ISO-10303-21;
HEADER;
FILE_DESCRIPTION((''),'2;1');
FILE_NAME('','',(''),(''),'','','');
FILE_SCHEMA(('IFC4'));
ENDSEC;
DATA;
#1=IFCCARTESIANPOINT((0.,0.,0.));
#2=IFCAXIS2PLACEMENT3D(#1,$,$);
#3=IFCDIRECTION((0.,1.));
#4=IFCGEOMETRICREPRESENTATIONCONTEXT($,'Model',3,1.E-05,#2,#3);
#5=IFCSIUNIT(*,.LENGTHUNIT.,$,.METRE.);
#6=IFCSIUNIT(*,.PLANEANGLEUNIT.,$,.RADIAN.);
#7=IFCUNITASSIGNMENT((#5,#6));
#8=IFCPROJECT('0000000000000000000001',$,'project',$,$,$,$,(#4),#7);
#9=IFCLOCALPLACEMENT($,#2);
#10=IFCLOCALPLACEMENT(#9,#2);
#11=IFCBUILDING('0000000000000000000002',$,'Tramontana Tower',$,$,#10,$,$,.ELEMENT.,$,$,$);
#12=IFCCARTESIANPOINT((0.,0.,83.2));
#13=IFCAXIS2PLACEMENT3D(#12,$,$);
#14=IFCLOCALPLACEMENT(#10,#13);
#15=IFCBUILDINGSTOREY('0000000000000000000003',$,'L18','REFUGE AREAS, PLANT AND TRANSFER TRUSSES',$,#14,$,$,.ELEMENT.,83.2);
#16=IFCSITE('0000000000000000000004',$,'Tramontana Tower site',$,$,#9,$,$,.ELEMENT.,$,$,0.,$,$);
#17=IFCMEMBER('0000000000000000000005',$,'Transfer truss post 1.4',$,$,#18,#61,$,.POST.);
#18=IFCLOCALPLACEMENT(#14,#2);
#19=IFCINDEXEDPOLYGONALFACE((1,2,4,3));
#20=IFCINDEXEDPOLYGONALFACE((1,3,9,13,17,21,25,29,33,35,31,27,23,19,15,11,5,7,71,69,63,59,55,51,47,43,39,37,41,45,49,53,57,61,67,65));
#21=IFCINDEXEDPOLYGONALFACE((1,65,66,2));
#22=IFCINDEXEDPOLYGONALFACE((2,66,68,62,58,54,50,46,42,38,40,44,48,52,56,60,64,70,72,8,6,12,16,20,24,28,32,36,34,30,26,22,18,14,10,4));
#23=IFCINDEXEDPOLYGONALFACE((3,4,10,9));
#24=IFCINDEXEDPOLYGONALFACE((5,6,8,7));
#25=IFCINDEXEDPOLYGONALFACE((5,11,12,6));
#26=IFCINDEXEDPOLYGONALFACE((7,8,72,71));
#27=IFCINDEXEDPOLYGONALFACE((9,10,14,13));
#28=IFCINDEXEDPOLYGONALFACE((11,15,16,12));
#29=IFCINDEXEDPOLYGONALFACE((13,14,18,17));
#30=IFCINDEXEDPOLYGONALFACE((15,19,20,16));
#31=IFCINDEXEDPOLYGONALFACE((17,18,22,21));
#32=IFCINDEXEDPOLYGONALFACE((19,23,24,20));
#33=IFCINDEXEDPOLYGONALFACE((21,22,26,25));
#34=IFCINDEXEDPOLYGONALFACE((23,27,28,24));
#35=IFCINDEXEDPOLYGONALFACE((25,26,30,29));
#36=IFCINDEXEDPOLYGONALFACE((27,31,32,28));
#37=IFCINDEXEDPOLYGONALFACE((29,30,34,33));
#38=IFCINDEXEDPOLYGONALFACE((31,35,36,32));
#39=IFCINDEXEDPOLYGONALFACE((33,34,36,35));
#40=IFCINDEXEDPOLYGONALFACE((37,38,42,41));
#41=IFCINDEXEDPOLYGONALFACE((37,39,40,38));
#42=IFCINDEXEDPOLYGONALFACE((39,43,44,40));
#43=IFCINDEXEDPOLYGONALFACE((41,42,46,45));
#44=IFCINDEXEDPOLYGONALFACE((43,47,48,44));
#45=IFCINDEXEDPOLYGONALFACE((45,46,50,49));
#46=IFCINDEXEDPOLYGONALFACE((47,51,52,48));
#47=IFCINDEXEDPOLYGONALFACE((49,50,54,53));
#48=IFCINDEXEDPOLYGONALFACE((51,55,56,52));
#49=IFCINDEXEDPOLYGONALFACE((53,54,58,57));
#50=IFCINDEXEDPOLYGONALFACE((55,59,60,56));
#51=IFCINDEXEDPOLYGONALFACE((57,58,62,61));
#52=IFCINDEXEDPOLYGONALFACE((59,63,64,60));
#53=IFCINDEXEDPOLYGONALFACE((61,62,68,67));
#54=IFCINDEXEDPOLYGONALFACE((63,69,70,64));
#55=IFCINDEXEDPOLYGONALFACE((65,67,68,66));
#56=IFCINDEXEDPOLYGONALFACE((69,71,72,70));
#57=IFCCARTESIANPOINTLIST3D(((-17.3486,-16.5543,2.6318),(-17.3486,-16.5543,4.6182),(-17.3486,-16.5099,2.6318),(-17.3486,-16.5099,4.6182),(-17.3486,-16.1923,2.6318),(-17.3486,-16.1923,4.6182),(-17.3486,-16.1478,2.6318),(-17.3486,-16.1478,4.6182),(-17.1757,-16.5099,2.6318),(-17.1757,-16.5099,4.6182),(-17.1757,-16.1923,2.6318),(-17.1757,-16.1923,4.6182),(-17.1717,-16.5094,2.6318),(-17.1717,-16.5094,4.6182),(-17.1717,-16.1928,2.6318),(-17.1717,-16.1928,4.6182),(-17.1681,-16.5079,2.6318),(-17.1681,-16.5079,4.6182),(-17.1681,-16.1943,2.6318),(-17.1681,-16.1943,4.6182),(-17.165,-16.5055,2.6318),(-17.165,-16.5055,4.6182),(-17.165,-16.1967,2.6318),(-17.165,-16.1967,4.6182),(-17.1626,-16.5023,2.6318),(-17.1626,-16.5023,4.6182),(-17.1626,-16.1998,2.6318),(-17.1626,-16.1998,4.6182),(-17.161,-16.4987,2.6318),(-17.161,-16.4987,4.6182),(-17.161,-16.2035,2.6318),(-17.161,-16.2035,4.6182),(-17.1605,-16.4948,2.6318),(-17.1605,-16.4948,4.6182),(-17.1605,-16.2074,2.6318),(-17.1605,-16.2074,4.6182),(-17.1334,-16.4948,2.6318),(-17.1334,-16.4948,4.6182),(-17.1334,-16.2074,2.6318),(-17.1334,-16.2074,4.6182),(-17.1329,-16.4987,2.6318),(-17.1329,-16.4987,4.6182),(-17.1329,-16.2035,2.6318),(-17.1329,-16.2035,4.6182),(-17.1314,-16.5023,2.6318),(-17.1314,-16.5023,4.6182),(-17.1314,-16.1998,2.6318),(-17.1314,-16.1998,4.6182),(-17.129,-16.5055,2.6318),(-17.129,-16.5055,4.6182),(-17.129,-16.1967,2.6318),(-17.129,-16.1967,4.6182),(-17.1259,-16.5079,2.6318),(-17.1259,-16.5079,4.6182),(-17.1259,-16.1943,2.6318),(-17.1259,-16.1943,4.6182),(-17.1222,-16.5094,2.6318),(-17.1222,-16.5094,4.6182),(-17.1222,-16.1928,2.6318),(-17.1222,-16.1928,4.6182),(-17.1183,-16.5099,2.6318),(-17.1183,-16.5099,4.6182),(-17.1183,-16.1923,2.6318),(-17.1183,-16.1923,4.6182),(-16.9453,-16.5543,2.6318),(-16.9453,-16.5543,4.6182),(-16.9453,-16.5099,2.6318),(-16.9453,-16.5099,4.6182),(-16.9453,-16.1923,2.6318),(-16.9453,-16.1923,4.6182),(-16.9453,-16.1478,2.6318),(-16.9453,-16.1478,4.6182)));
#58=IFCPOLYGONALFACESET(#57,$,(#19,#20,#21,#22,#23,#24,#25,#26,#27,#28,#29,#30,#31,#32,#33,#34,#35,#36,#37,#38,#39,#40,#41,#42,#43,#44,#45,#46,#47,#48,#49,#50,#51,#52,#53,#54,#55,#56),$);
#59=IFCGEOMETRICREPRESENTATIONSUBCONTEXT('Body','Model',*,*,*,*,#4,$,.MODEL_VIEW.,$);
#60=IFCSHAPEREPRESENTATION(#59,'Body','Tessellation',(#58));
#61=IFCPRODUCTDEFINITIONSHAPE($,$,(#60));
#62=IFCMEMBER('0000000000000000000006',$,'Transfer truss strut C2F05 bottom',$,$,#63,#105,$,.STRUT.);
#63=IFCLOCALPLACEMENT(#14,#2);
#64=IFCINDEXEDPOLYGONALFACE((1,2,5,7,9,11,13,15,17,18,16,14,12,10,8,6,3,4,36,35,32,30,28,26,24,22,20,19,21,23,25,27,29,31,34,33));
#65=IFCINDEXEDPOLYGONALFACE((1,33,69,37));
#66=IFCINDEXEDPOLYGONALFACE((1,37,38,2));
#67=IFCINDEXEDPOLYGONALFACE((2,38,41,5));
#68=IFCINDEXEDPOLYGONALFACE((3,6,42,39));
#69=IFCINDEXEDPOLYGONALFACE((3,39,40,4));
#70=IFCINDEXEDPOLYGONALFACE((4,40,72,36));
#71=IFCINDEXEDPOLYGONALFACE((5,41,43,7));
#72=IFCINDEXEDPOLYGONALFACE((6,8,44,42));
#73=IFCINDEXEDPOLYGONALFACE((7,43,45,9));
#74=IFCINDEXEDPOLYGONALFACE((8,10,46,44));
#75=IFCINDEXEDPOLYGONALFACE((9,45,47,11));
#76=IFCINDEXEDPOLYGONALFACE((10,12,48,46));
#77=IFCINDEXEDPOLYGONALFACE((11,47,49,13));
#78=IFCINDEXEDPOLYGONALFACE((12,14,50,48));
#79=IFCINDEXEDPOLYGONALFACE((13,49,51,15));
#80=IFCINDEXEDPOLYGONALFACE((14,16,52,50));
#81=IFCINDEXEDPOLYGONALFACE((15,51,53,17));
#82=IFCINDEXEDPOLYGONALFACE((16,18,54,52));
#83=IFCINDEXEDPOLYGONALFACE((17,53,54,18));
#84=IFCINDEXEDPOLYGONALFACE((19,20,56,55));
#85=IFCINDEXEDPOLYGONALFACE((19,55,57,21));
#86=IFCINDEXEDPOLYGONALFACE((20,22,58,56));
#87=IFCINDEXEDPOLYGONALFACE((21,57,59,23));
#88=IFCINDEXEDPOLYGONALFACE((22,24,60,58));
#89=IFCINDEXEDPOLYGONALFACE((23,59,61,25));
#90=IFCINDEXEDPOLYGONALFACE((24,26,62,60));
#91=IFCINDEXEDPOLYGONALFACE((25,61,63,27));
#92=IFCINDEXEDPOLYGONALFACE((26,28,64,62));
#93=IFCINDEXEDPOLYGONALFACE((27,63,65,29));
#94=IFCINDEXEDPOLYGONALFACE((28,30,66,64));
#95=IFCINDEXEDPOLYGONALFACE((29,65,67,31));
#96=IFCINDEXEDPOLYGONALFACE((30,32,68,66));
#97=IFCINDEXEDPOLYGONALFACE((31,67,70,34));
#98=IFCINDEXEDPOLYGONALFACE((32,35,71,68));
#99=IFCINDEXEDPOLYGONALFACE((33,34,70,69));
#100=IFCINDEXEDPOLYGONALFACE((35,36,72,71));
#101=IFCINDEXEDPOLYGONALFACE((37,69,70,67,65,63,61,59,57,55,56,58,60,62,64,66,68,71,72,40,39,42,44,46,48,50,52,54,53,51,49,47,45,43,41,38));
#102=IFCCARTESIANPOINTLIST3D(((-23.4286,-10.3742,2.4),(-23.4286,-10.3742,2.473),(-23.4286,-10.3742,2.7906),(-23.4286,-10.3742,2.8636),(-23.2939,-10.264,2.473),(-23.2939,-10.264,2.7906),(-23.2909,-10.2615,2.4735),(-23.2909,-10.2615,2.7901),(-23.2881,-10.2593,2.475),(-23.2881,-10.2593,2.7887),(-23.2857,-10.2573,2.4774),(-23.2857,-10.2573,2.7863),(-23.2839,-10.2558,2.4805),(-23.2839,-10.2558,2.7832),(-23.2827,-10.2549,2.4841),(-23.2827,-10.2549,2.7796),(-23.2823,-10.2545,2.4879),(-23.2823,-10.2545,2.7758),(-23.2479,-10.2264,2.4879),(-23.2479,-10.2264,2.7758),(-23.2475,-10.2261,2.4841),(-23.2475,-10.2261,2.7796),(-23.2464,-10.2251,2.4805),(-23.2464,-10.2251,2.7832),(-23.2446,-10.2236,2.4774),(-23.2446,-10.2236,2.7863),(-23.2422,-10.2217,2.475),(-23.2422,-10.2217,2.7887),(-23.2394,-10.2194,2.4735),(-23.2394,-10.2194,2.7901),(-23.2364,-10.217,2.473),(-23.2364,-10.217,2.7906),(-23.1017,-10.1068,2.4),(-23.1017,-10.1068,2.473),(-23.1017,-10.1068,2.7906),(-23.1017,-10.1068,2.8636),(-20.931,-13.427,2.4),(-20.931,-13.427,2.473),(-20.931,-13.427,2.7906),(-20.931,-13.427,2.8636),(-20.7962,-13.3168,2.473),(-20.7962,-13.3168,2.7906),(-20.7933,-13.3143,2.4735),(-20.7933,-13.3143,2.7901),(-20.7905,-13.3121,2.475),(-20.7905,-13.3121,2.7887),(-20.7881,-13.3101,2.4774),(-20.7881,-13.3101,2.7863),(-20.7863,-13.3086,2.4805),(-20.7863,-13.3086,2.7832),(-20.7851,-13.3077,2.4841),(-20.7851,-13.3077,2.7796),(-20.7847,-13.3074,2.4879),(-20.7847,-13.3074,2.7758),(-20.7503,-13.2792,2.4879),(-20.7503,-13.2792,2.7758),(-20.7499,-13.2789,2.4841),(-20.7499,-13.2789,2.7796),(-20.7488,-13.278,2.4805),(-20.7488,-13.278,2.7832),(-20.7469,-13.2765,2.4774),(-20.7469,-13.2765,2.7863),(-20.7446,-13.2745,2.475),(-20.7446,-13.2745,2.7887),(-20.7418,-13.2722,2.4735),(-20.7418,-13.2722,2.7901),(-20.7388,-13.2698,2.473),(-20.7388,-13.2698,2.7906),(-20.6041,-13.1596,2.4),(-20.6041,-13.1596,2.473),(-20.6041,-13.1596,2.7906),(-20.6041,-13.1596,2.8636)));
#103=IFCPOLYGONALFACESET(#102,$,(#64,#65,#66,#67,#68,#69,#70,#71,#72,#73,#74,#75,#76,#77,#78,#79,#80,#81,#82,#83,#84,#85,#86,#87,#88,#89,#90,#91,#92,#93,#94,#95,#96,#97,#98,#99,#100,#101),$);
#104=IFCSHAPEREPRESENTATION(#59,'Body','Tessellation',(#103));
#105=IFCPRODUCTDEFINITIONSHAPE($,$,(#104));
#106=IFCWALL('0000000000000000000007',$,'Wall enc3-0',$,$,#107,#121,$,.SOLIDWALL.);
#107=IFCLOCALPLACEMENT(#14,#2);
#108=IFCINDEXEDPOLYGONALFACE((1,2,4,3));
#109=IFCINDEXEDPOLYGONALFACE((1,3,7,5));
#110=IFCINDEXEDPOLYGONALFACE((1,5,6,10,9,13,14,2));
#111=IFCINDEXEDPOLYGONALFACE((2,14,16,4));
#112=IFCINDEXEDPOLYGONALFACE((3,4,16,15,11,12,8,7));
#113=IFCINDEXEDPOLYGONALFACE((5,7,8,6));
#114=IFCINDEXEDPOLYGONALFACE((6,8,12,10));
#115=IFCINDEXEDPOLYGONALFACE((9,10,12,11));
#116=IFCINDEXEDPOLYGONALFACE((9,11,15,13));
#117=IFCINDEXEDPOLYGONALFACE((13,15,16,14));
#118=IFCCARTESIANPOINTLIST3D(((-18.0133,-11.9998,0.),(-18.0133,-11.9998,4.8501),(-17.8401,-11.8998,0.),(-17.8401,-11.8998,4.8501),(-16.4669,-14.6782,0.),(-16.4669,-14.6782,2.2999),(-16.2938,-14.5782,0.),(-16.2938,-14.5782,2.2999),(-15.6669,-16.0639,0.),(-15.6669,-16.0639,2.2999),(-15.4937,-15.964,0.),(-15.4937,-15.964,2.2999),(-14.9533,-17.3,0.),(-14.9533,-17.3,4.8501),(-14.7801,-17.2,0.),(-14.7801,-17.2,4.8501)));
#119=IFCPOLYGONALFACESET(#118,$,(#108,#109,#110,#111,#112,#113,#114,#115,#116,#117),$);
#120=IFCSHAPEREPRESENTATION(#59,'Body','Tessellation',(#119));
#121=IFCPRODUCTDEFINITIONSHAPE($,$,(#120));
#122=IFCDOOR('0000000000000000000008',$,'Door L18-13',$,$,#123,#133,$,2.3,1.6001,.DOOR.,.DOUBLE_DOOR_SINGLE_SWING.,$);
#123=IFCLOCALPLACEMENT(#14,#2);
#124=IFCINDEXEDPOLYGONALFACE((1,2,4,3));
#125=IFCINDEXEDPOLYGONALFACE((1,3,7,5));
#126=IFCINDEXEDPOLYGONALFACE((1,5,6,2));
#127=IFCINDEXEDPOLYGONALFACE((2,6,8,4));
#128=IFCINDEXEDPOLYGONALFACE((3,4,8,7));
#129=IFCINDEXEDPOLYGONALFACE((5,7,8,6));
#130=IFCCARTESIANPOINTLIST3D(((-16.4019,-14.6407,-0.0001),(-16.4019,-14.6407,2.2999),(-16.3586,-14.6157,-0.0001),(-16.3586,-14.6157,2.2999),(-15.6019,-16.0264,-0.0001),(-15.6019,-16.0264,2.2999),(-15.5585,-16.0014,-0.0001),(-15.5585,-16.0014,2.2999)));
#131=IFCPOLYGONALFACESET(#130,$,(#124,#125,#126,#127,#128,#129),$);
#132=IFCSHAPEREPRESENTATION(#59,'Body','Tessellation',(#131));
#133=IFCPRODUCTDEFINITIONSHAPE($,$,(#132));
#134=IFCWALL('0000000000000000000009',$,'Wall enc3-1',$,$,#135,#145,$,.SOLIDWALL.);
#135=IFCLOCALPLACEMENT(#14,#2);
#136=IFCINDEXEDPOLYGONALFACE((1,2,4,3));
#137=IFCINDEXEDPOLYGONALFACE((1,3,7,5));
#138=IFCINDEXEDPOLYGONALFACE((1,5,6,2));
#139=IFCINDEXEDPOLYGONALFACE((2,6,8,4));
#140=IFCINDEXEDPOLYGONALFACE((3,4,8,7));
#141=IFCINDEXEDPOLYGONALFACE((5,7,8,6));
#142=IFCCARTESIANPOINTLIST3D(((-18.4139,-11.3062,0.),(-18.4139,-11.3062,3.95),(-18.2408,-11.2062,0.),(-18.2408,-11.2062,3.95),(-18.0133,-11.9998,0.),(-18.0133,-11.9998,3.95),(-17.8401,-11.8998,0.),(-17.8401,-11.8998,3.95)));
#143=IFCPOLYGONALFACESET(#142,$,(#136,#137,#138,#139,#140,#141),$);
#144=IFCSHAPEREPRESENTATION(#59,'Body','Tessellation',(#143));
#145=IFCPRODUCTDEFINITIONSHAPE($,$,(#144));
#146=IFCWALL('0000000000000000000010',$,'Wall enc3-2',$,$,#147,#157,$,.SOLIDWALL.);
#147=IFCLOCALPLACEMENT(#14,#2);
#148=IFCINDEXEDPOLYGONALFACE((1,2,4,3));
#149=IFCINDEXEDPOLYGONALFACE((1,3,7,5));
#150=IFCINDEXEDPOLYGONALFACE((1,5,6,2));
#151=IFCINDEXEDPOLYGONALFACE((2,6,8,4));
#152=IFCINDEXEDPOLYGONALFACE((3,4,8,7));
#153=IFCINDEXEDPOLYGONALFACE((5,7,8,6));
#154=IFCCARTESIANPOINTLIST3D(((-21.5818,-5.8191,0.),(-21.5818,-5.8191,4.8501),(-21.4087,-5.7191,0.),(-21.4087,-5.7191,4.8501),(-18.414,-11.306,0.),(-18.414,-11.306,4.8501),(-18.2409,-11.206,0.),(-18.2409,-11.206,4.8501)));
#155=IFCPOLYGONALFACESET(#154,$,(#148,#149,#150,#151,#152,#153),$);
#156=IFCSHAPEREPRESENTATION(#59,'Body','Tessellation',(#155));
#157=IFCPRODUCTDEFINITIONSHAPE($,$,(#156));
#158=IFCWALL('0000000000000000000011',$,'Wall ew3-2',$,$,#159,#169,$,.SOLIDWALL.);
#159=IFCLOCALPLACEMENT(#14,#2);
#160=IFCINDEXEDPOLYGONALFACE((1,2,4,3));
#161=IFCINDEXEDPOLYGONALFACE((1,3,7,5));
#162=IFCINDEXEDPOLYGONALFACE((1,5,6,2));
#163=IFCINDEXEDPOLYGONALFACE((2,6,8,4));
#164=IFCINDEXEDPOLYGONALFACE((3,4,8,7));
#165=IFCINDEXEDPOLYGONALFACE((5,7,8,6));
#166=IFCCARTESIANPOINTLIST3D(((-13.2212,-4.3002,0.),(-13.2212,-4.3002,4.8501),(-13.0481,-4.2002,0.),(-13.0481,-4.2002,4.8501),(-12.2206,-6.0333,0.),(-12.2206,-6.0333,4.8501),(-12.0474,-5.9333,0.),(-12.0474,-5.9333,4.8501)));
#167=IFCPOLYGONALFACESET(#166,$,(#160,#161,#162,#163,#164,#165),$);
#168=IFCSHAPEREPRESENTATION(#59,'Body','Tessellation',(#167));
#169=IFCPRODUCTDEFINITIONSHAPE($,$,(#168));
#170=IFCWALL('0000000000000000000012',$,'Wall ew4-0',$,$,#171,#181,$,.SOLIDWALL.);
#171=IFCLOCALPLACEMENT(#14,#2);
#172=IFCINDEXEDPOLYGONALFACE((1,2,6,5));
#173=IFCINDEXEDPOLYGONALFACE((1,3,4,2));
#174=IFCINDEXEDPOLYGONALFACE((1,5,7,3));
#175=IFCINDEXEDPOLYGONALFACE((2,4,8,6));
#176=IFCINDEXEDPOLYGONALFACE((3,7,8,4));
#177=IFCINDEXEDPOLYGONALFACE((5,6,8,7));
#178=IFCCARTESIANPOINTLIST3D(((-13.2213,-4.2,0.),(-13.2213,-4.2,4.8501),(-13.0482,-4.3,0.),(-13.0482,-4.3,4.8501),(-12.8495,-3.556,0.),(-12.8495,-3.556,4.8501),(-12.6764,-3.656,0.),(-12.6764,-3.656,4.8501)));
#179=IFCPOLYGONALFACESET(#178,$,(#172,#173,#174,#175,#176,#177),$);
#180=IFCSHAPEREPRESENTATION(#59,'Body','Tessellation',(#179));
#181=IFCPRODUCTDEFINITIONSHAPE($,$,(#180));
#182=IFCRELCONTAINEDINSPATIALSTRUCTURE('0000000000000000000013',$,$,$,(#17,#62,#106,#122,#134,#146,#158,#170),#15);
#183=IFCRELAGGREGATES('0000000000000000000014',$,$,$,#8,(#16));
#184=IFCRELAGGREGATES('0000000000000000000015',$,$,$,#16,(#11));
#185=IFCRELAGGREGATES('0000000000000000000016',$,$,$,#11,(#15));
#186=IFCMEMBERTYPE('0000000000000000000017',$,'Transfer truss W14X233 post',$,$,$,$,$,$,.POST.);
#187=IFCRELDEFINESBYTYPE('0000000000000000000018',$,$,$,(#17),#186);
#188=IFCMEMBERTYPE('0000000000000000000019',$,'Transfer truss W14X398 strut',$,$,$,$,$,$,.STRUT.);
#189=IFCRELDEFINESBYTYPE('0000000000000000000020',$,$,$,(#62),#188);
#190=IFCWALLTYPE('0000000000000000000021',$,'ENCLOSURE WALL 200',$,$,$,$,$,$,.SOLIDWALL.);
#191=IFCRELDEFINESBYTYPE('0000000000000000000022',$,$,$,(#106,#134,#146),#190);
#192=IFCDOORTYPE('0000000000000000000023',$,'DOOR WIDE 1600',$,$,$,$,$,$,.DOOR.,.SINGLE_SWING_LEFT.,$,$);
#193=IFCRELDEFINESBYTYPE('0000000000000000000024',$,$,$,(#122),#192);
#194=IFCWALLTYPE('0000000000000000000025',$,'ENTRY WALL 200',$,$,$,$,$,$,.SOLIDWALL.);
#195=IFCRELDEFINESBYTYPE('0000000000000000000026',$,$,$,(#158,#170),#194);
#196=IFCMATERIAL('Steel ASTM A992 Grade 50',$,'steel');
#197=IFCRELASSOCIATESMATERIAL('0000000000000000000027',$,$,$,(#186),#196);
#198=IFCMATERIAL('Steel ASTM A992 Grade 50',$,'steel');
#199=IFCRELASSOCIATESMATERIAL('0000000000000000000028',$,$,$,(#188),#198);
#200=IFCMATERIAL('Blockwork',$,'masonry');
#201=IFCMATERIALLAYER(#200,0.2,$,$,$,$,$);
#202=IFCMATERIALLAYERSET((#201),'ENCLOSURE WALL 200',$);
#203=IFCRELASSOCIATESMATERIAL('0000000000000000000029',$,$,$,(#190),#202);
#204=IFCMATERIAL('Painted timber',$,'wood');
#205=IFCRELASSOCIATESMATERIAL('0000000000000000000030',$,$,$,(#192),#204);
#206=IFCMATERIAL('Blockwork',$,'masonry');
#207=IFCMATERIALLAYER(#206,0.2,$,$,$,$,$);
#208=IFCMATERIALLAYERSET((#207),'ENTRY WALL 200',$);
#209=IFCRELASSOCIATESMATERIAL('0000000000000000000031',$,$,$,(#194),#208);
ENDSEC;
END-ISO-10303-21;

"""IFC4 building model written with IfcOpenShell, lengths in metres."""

from ifc_helpers import new_model, si_unit, direction, frame, frame_2d, origin, origin_2d, place, context, subcontext, project, spatial, rectangle, i_section, extrude, material, layer, layer_set, material_profile, profile_set, type_object, element, fill, save


model = new_model("IFC4")

# Units and contexts
model_context = context("Model", 3, precision=1e-05, world=origin(), true_north=direction((0.0, 1.0)))
body_context = subcontext(model_context, "Body", "Model", "MODEL_VIEW")
ifc_project = project(units=[si_unit("LENGTHUNIT", "METRE"), si_unit("PLANEANGLEUNIT", "RADIAN")], contexts=[model_context])

# Site, building, storey
site_placement = place(None, origin())
site = spatial("IfcSite", under=ifc_project, at=site_placement, Name="Tramontana Tower site", CompositionType="ELEMENT", RefElevation=0.0)
building_placement = place(site_placement, origin())
building = spatial("IfcBuilding", under=site, at=building_placement, Name="Tramontana Tower", CompositionType="ELEMENT")
storey_placement = place(building_placement, frame((0.0, 0.0, 83.2)))
storey = spatial("IfcBuildingStorey", under=building, at=storey_placement, Name="L18", Description="REFUGE AREAS, PLANT AND TRANSFER TRUSSES", CompositionType="ELEMENT", Elevation=83.2)

# Members
ifc_material_1 = material(Name="Steel ASTM A992 Grade 50", Category="steel")
ifc_material_profile_1 = material_profile(ifc_material_1, i_section(OverallWidth=0.4033, OverallDepth=0.4065, WebThickness=0.0271, FlangeThickness=0.0444, FilletRadius=0.0151, at=origin_2d()), Name="W14X233")
ifc_profile_set_1 = profile_set([ifc_material_profile_1], Name="Steel ASTM A992 Grade 50")
member_type_1 = type_object("IfcMemberType", Name="Transfer truss W14X233 post", PredefinedType="POST", material=ifc_profile_set_1)
for number, where, z_axis, x_axis, name in (
    (1, (-17.147, -16.3511, 2.6318), (0.0, 0.0, 1.0), (1.0, 0.0, 0.0), "Transfer truss post 1.4"),
):
    element("IfcMember", number, at=place(storey_placement, frame(where, z_axis=z_axis, x_axis=x_axis)), inside=storey, type_object=member_type_1, Name=name, PredefinedType="POST", context=body_context, shape_type="SweptSolid", body=[
        extrude(i_section(OverallWidth=0.4033, OverallDepth=0.4065, WebThickness=0.0271, FlangeThickness=0.0444, FilletRadius=0.0151, at=origin_2d()), origin(), (0.0, 0.0, 1.0), 1.9863),
    ])
ifc_material_2 = material(Name="Steel ASTM A992 Grade 50", Category="steel")
ifc_material_profile_2 = material_profile(ifc_material_2, i_section(OverallWidth=0.4224, OverallDepth=0.4636, WebThickness=0.0444, FlangeThickness=0.073, FilletRadius=0.0149, at=origin_2d()), Name="W14X398")
ifc_profile_set_2 = profile_set([ifc_material_profile_2], Name="Steel ASTM A992 Grade 50")
member_type_2 = type_object("IfcMemberType", Name="Transfer truss W14X398 strut", PredefinedType="STRUT", material=ifc_profile_set_2)
member_1_placement = place(storey_placement, frame((-23.2651, -10.2405, 2.6318), z_axis=(0.633218, -0.773974, 0.0), x_axis=(0.773974, 0.633218, 0.0)))
element("IfcMember", 2, at=member_1_placement, inside=storey, type_object=member_type_2, Name="Transfer truss strut C2F05 bottom", PredefinedType="STRUT", context=body_context, shape_type="SweptSolid", body=[
    extrude(i_section(OverallWidth=0.4224, OverallDepth=0.4636, WebThickness=0.0444, FlangeThickness=0.073, FilletRadius=0.0149, at=origin_2d()), origin(), (0.0, 0.0, 1.0), 3.9443),
])

# Wall, opening, door
ifc_material_3 = material(Name="Blockwork", Category="masonry")
ifc_layer_1 = layer(ifc_material_3, 0.2)
ifc_layer_set_1 = layer_set([ifc_layer_1], Name="ENCLOSURE WALL 200")
wall_type_1 = type_object("IfcWallType", Name="ENCLOSURE WALL 200", PredefinedType="SOLIDWALL", material=ifc_layer_set_1)
wall_1_placement = place(storey_placement, frame((-14.8667, -17.25, 0.0), z_axis=(0.0, 0.0, 1.0), x_axis=(-0.499992, 0.86603, 0.0)))
wall_1 = element("IfcWall", 3, at=wall_1_placement, inside=storey, type_object=wall_type_1, Name="Wall enc3-0", PredefinedType="SOLIDWALL", context=body_context, shape_type="SweptSolid", body=[
    extrude(rectangle(XDim=6.1201, YDim=0.2, at=frame_2d((3.0601, 0.0))), origin(), (0.0, 0.0, 1.0), 4.8501),
])
opening_placement = place(wall_1_placement, frame((1.4272, 0.0, 0.0)))
opening = element("IfcOpeningElement", 4, at=opening_placement, cuts=wall_1, PredefinedType="OPENING", context=body_context, shape_type="SweptSolid", body=[
    extrude(rectangle(XDim=1.6001, YDim=2.3, at=frame_2d((0.8, 1.1499))), frame((0.0, 0.1099, 0.0), z_axis=(0.0, -1.0, 0.0), x_axis=(1.0, 0.0, 0.0)), (0.0, 0.0, 1.0), 0.22),
])
ifc_material_4 = material(Name="Painted timber", Category="wood")
door_type = type_object("IfcDoorType", Name="DOOR WIDE 1600", OperationType="SINGLE_SWING_LEFT", PredefinedType="DOOR", material=ifc_material_4)
door_placement = place(opening_placement, origin())
door = element("IfcDoor", 5, at=door_placement, inside=storey, type_object=door_type, Name="Door L18-13", OperationType="DOUBLE_DOOR_SINGLE_SWING", OverallHeight=2.3, OverallWidth=1.6001, PredefinedType="DOOR", context=body_context, shape_type="SweptSolid", body=[
    extrude(rectangle(XDim=1.6001, YDim=2.3, at=frame_2d((0.8, 1.1499))), frame((0.0, 0.0249, 0.0), z_axis=(0.0, -1.0, 0.0), x_axis=(1.0, 0.0, 0.0)), (0.0, 0.0, 1.0), 0.05),
])
fill(opening, door)

# Walls
wall_2_placement = place(storey_placement, frame((-17.9268, -11.9497, 0.0), z_axis=(0.0, 0.0, 1.0), x_axis=(-0.500171, 0.865927, 0.0)))
element("IfcWall", 6, at=wall_2_placement, inside=storey, type_object=wall_type_1, Name="Wall enc3-1", PredefinedType="SOLIDWALL", context=body_context, shape_type="SweptSolid", body=[
    extrude(rectangle(XDim=0.801, YDim=0.2, at=frame_2d((0.4004, 0.0))), origin(), (0.0, 0.0, 1.0), 3.95),
])
wall_3_placement = place(storey_placement, frame((-18.3274, -11.2561, 0.0), z_axis=(0.0, 0.0, 1.0), x_axis=(-0.499989, 0.866032, 0.0)))
element("IfcWall", 7, at=wall_3_placement, inside=storey, type_object=wall_type_1, Name="Wall enc3-2", PredefinedType="SOLIDWALL", context=body_context, shape_type="SweptSolid", body=[
    extrude(rectangle(XDim=6.3357, YDim=0.2, at=frame_2d((3.168, 0.0))), origin(), (0.0, 0.0, 1.0), 4.8501),
])
ifc_material_5 = material(Name="Blockwork", Category="masonry")
ifc_layer_2 = layer(ifc_material_5, 0.2)
ifc_layer_set_2 = layer_set([ifc_layer_2], Name="ENTRY WALL 200")
wall_type_2 = type_object("IfcWallType", Name="ENTRY WALL 200", PredefinedType="SOLIDWALL", material=ifc_layer_set_2)
wall_4_placement = place(storey_placement, frame((-12.134, -5.9832, 0.0), z_axis=(0.0, 0.0, 1.0), x_axis=(-0.500036, 0.866005, 0.0)))
element("IfcWall", 8, at=wall_4_placement, inside=storey, type_object=wall_type_2, Name="Wall ew3-2", PredefinedType="SOLIDWALL", context=body_context, shape_type="SweptSolid", body=[
    extrude(rectangle(XDim=2.0012, YDim=0.2, at=frame_2d((1.0005, 0.0))), origin(), (0.0, 0.0, 1.0), 4.8501),
])
wall_5_placement = place(storey_placement, frame((-13.1348, -4.25, 0.0), z_axis=(0.0, 0.0, 1.0), x_axis=(0.499988, 0.866033, 0.0)))
element("IfcWall", 9, at=wall_5_placement, inside=storey, type_object=wall_type_2, Name="Wall ew4-0", PredefinedType="SOLIDWALL", context=body_context, shape_type="SweptSolid", body=[
    extrude(rectangle(XDim=0.7437, YDim=0.2, at=frame_2d((0.3718, 0.0))), origin(), (0.0, 0.0, 1.0), 4.8501),
])

save(model, "model.ifc")
